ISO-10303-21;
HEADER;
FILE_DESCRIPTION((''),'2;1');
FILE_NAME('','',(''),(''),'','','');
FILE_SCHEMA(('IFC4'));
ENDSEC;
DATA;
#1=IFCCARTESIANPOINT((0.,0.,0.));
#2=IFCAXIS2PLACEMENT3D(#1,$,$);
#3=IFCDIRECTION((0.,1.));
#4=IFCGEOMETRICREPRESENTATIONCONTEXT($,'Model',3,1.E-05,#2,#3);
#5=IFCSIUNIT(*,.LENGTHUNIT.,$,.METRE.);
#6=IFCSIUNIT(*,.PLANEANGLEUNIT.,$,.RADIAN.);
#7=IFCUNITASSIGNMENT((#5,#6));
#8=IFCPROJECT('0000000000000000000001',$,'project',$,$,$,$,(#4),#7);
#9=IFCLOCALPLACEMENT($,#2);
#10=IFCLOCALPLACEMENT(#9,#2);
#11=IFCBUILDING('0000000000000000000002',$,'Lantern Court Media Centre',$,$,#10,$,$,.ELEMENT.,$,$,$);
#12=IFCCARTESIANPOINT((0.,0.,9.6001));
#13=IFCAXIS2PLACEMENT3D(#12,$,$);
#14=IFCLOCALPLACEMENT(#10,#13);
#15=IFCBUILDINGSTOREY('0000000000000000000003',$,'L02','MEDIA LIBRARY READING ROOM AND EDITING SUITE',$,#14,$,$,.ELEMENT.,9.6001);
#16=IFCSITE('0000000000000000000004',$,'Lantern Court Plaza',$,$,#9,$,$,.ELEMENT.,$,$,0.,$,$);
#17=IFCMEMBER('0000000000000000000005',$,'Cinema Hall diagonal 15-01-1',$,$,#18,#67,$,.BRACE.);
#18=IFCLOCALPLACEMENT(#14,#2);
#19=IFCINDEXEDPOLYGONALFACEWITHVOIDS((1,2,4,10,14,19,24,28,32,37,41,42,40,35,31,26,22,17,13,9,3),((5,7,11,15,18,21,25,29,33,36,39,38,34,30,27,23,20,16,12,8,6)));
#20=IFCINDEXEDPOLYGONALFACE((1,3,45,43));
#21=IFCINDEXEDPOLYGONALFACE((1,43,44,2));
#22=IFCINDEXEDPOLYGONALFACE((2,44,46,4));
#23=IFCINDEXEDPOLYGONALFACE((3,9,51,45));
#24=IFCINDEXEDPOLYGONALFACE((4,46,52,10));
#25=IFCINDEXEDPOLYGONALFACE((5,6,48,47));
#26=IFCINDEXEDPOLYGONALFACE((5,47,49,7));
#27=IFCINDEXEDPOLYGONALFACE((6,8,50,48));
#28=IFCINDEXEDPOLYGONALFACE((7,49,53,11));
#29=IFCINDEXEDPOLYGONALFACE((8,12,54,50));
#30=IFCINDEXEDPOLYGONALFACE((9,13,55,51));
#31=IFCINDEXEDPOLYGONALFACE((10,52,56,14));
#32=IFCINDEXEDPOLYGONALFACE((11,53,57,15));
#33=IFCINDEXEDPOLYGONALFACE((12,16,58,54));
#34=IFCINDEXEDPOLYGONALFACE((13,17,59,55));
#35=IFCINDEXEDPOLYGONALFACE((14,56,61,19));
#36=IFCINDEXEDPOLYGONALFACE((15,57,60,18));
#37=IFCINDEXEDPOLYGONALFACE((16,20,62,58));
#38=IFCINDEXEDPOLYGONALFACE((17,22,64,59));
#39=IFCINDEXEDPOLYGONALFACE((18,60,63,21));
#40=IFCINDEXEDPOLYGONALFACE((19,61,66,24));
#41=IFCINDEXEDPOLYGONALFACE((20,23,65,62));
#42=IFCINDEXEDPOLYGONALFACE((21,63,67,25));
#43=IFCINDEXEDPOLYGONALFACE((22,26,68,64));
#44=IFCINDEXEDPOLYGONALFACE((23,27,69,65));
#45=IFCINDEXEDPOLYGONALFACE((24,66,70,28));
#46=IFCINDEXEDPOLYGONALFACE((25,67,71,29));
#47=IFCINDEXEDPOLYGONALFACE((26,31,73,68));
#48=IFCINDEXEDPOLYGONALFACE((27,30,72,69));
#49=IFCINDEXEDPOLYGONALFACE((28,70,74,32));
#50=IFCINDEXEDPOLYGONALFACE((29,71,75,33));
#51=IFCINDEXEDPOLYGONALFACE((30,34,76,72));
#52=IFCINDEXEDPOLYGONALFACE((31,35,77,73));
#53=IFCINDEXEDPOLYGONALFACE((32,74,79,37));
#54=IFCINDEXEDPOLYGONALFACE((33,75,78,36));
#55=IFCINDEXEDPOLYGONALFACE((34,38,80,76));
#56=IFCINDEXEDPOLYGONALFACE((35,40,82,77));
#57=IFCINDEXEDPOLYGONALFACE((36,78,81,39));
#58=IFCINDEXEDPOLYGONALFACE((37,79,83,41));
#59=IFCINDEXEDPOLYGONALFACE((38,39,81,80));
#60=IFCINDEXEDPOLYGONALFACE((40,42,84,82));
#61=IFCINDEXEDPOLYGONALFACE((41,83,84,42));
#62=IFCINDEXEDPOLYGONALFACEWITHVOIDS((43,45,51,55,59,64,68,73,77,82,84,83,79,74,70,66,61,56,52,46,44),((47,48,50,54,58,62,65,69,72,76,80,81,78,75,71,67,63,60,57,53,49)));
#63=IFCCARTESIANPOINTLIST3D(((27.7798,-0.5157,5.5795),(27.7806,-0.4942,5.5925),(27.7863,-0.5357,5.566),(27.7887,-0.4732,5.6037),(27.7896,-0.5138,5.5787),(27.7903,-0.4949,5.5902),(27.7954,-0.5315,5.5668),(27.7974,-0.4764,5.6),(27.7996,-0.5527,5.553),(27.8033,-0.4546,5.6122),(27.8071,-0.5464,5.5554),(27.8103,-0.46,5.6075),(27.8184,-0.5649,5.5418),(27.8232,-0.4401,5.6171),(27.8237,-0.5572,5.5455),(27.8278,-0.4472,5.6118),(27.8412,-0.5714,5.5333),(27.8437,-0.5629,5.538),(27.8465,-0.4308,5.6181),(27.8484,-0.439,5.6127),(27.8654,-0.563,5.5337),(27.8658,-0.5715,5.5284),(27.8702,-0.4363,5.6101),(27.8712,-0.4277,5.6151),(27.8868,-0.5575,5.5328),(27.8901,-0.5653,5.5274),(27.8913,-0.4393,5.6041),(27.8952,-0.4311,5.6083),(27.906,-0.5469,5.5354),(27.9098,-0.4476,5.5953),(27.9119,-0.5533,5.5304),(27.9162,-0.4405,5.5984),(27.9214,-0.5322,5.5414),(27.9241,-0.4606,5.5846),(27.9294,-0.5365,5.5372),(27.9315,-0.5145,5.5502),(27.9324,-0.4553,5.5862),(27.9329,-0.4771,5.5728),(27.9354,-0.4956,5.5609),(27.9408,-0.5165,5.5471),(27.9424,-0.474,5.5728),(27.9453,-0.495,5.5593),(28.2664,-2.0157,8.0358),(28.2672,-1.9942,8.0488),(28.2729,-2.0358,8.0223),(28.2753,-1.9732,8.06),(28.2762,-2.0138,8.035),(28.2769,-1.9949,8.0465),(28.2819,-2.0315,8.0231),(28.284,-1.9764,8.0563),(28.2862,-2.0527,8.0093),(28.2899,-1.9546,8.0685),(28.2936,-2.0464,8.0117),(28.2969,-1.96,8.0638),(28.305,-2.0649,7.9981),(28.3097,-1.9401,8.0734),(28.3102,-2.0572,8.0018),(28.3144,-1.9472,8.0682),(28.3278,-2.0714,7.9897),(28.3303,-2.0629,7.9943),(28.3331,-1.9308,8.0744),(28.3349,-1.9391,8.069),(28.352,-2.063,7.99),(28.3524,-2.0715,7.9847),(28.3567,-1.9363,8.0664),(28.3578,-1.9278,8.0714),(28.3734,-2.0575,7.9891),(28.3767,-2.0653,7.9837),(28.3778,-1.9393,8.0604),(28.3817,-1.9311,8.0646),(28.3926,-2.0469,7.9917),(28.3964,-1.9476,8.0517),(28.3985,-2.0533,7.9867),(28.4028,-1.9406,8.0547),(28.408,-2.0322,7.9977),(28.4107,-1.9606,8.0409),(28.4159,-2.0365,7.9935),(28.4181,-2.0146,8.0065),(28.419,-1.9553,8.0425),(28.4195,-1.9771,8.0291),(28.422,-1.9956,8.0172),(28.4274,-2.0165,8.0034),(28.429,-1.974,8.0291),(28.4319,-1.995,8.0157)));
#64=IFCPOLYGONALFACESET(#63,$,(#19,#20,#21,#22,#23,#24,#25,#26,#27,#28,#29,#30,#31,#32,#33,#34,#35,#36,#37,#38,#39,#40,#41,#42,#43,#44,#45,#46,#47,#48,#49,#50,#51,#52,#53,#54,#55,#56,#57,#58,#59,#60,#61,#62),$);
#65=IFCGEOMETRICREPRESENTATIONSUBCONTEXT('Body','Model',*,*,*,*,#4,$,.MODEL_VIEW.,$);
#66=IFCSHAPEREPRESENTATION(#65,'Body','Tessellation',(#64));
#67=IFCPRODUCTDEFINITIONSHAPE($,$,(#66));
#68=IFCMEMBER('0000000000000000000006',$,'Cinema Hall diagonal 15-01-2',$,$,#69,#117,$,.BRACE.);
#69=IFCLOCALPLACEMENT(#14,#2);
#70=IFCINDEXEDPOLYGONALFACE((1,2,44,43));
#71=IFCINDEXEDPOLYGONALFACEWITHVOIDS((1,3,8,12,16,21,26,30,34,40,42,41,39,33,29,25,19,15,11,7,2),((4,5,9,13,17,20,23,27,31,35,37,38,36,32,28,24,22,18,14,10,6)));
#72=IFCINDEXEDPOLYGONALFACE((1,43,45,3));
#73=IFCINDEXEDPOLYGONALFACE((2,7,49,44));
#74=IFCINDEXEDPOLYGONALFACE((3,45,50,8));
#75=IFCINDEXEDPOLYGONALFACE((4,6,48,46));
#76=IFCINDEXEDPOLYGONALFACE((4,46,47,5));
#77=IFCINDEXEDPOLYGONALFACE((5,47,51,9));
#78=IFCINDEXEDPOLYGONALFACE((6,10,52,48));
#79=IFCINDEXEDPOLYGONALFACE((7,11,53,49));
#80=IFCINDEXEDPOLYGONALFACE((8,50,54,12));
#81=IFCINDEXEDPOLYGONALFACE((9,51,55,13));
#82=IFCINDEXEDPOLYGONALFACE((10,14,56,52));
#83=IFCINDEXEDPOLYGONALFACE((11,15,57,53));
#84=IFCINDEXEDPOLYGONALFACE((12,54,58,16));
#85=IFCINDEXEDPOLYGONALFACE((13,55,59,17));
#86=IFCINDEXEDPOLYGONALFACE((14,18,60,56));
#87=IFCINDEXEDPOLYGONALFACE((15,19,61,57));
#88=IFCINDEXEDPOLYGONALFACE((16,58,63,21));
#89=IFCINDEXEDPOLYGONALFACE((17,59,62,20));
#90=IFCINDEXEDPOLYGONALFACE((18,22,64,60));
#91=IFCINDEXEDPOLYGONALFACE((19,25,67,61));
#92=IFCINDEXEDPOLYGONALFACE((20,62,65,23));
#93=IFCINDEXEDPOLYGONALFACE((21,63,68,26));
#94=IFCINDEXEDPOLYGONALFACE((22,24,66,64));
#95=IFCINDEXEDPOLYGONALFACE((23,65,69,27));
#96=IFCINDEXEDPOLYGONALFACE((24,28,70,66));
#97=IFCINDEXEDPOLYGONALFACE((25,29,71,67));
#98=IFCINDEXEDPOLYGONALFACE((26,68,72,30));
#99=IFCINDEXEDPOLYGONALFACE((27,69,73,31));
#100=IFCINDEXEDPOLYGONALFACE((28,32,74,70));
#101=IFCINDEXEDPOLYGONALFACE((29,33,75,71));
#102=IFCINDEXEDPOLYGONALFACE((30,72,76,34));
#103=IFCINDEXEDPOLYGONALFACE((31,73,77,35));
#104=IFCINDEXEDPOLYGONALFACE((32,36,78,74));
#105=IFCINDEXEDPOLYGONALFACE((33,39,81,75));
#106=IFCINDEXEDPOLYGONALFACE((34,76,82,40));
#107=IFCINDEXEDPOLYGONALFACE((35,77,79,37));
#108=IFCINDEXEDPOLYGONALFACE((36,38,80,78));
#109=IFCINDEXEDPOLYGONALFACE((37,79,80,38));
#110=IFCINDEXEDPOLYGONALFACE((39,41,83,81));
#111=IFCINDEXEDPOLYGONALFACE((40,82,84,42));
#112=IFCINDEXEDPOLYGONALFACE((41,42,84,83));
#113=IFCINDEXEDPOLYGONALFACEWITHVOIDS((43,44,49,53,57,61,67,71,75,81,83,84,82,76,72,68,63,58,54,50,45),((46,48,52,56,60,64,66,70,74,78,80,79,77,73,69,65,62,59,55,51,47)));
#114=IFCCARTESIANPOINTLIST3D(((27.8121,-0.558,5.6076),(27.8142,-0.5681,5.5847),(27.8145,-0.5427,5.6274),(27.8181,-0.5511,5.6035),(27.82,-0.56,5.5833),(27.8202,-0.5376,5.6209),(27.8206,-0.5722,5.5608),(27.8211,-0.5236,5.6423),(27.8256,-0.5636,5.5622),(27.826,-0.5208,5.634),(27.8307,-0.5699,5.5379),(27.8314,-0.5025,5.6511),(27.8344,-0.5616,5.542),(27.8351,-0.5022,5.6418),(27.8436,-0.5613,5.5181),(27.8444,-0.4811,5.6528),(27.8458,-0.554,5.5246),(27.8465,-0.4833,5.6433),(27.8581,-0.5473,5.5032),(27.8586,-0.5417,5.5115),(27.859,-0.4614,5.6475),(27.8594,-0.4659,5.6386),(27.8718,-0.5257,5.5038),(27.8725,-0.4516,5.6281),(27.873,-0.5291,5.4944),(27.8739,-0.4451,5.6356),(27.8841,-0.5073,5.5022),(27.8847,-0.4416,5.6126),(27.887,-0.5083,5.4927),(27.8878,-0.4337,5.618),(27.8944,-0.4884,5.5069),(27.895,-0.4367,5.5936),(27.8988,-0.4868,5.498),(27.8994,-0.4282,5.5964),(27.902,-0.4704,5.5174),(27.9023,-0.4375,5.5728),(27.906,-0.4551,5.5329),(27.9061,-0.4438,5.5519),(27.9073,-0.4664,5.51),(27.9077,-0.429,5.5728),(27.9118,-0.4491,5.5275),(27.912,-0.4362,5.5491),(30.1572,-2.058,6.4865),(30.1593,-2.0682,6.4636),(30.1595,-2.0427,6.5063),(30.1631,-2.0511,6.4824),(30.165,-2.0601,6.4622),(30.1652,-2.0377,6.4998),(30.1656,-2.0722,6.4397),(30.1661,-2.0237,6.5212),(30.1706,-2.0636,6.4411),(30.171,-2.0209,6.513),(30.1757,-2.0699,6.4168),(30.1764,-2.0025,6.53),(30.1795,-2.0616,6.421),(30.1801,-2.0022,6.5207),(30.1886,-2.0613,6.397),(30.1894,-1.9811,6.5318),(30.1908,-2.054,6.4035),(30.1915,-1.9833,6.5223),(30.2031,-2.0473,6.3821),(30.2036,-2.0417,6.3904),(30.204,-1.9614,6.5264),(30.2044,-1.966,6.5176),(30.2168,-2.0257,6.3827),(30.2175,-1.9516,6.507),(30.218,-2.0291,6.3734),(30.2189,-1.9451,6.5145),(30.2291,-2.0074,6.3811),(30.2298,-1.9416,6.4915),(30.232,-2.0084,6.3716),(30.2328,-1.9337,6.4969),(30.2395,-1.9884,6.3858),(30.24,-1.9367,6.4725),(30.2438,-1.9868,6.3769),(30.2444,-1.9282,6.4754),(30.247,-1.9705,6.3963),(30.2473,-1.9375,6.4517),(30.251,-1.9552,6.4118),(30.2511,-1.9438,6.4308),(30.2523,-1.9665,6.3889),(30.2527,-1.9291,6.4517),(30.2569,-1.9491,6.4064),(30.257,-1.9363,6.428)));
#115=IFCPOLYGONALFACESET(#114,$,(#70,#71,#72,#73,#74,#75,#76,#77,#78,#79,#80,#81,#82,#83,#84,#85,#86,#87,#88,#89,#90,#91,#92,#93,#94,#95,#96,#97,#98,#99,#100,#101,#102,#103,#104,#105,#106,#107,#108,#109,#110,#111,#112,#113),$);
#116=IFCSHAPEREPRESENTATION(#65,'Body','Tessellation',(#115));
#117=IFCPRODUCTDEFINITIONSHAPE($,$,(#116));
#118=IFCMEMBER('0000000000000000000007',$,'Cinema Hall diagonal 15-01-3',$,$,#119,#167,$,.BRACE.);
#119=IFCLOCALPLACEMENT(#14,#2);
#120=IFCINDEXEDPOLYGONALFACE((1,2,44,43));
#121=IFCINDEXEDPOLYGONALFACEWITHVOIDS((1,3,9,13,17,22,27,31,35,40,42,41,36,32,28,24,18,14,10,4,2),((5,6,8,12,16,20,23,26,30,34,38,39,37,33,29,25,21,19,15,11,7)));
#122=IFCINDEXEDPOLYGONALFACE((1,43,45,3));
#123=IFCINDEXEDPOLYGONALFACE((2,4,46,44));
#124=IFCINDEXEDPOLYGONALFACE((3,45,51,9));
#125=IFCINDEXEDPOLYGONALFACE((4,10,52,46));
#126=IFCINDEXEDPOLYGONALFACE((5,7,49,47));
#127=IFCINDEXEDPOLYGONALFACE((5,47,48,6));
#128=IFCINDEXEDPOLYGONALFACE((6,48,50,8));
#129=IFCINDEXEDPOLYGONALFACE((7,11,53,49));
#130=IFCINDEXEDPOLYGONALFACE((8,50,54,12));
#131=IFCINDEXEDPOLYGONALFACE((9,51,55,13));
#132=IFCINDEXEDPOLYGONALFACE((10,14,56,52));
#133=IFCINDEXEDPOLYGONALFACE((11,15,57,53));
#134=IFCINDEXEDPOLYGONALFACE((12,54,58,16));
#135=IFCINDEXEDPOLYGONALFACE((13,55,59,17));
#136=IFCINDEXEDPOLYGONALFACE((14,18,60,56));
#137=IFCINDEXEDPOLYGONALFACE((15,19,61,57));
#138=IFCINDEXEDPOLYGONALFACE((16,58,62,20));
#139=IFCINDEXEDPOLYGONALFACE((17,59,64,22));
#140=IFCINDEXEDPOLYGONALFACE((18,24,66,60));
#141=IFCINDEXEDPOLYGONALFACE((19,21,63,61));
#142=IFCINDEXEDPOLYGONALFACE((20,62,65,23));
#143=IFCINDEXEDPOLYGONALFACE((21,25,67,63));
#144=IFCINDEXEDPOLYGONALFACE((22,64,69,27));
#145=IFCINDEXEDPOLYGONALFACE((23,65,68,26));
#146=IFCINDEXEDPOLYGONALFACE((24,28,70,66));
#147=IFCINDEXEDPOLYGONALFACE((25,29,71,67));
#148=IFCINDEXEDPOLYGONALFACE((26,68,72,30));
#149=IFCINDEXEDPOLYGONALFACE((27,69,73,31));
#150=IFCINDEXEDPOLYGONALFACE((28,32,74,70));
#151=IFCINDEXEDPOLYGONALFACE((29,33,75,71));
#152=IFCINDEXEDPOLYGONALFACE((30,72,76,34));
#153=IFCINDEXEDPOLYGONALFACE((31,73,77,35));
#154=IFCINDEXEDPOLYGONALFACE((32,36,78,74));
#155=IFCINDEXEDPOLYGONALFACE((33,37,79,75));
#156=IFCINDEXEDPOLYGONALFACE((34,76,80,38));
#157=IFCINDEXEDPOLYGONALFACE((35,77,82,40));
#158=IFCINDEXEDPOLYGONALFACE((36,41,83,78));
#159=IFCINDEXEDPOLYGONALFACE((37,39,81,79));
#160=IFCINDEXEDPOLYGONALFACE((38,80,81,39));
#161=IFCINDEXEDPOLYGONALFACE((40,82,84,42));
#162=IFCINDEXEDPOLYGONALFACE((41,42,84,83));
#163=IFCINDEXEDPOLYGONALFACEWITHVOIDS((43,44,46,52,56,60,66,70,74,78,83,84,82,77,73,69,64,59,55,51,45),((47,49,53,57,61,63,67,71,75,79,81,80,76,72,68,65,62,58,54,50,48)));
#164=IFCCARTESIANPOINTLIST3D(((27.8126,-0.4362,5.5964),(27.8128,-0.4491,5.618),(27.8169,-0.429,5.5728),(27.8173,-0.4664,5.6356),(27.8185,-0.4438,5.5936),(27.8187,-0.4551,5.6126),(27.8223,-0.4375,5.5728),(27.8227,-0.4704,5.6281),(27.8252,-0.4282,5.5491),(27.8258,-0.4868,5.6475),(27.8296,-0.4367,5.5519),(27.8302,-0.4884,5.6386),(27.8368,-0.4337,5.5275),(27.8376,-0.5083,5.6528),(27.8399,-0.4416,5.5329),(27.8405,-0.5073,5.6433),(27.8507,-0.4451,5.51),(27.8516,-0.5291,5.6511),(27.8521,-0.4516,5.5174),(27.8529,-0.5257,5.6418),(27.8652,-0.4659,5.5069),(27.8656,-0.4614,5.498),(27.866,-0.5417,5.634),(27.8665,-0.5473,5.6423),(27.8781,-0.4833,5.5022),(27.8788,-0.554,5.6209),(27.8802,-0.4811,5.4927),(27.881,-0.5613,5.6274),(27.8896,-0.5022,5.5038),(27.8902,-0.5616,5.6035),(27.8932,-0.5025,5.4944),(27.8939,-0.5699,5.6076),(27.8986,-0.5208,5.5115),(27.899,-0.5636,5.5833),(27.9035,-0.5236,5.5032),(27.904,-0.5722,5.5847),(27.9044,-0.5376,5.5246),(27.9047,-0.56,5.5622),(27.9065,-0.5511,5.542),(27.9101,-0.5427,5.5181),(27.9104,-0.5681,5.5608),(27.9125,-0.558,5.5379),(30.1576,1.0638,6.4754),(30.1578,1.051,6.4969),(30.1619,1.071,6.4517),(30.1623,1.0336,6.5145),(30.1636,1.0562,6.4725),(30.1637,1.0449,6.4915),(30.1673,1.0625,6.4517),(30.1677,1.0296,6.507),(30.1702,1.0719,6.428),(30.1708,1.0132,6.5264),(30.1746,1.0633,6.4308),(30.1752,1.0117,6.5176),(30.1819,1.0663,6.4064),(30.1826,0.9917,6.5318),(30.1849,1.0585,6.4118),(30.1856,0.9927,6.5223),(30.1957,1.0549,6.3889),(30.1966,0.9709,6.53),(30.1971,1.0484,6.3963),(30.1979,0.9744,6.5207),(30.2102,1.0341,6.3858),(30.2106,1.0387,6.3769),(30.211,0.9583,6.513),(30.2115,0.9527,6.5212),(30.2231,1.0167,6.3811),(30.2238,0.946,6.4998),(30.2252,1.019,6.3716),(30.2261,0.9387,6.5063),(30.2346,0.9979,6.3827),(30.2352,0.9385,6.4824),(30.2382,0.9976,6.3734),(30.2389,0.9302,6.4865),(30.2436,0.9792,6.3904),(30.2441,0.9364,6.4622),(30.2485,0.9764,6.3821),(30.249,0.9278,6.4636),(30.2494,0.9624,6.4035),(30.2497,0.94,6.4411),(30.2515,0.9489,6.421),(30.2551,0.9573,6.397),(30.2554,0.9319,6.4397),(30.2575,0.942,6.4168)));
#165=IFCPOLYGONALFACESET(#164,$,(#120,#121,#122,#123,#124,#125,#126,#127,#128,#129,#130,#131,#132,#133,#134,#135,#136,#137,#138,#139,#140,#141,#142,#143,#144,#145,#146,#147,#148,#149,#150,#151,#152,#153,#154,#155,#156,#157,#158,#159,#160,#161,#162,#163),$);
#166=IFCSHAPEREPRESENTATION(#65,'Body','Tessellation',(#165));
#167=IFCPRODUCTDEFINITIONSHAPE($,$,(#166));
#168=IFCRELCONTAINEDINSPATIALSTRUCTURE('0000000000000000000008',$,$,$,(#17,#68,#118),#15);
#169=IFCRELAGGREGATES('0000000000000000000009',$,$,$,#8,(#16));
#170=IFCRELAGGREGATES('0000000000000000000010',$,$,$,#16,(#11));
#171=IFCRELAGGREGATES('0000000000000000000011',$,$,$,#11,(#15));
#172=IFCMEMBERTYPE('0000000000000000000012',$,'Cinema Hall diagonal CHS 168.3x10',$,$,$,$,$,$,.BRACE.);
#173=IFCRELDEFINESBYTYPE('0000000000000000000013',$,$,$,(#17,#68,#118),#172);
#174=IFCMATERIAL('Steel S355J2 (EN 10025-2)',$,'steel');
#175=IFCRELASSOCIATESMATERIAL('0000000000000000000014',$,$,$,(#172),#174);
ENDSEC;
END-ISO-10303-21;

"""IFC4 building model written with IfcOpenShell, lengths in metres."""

from ifc_helpers import new_model, si_unit, direction, frame, origin, origin_2d, place, context, subcontext, project, spatial, hollow_circle, extrude, material, material_profile, profile_set, type_object, element, save


model = new_model("IFC4")

# Units and contexts
model_context = context("Model", 3, precision=1e-05, world=origin(), true_north=direction((0.0, 1.0)))
body_context = subcontext(model_context, "Body", "Model", "MODEL_VIEW")
ifc_project = project(units=[si_unit("LENGTHUNIT", "METRE"), si_unit("PLANEANGLEUNIT", "RADIAN")], contexts=[model_context])

# Site, building, storey
site_placement = place(None, origin())
site = spatial("IfcSite", under=ifc_project, at=site_placement, Name="Lantern Court Plaza", CompositionType="ELEMENT", RefElevation=0.0)
building_placement = place(site_placement, origin())
building = spatial("IfcBuilding", under=site, at=building_placement, Name="Lantern Court Media Centre", CompositionType="ELEMENT")
storey_placement = place(building_placement, frame((0.0, 0.0, 9.6001)))
storey = spatial("IfcBuildingStorey", under=building, at=storey_placement, Name="L02", Description="MEDIA LIBRARY READING ROOM AND EDITING SUITE", CompositionType="ELEMENT", Elevation=9.6001)

# Members
ifc_material = material(Name="Steel S355J2 (EN 10025-2)", Category="steel")
ifc_material_profile_1 = material_profile(ifc_material, hollow_circle(Radius=0.0842, WallThickness=0.01, at=origin_2d()), Name="Cinema Hall diagonal CHS 168.3x10")
ifc_profile_set_1 = profile_set([ifc_material_profile_1], Name="Steel S355J2 (EN 10025-2)")
member_type_1 = type_object("IfcMemberType", Name="Cinema Hall diagonal CHS 168.3x10", PredefinedType="BRACE", material=ifc_profile_set_1)
member_1_placement = place(storey_placement, frame((27.8623, -0.5, 5.5728), z_axis=(0.166695, -0.513887, 0.841506), x_axis=(0.951207, 0.308554, 0.0)))
element("IfcMember", 1, at=member_1_placement, inside=storey, type_object=member_type_1, Name="Cinema Hall diagonal 15-01-1", PredefinedType="BRACE", context=body_context, shape_type="SweptSolid", body=[
    extrude(hollow_circle(Radius=0.0842, WallThickness=0.01, at=origin_2d()), origin(), (0.0, 0.0, 1.0), 2.9189),
])
for number, where, z_axis, x_axis, name in (
    (2, (27.8623, -0.5, 5.5728), (0.803309, -0.51385, 0.301084), (0.538855, 0.842399, 0.0), "Cinema Hall diagonal 15-01-2"),
    (3, (27.8623, -0.5, 5.5728), (0.803309, 0.51385, 0.301084), (-0.538855, 0.842399, 0.0), "Cinema Hall diagonal 15-01-3"),
):
    element("IfcMember", number, at=place(storey_placement, frame(where, z_axis=z_axis, x_axis=x_axis)), inside=storey, type_object=member_type_1, Name=name, PredefinedType="BRACE", context=body_context, shape_type="SweptSolid", body=[
        extrude(hollow_circle(Radius=0.0842, WallThickness=0.01, at=origin_2d()), origin(), (0.0, 0.0, 1.0), 2.9192),
    ])

save(model, "model.ifc")
